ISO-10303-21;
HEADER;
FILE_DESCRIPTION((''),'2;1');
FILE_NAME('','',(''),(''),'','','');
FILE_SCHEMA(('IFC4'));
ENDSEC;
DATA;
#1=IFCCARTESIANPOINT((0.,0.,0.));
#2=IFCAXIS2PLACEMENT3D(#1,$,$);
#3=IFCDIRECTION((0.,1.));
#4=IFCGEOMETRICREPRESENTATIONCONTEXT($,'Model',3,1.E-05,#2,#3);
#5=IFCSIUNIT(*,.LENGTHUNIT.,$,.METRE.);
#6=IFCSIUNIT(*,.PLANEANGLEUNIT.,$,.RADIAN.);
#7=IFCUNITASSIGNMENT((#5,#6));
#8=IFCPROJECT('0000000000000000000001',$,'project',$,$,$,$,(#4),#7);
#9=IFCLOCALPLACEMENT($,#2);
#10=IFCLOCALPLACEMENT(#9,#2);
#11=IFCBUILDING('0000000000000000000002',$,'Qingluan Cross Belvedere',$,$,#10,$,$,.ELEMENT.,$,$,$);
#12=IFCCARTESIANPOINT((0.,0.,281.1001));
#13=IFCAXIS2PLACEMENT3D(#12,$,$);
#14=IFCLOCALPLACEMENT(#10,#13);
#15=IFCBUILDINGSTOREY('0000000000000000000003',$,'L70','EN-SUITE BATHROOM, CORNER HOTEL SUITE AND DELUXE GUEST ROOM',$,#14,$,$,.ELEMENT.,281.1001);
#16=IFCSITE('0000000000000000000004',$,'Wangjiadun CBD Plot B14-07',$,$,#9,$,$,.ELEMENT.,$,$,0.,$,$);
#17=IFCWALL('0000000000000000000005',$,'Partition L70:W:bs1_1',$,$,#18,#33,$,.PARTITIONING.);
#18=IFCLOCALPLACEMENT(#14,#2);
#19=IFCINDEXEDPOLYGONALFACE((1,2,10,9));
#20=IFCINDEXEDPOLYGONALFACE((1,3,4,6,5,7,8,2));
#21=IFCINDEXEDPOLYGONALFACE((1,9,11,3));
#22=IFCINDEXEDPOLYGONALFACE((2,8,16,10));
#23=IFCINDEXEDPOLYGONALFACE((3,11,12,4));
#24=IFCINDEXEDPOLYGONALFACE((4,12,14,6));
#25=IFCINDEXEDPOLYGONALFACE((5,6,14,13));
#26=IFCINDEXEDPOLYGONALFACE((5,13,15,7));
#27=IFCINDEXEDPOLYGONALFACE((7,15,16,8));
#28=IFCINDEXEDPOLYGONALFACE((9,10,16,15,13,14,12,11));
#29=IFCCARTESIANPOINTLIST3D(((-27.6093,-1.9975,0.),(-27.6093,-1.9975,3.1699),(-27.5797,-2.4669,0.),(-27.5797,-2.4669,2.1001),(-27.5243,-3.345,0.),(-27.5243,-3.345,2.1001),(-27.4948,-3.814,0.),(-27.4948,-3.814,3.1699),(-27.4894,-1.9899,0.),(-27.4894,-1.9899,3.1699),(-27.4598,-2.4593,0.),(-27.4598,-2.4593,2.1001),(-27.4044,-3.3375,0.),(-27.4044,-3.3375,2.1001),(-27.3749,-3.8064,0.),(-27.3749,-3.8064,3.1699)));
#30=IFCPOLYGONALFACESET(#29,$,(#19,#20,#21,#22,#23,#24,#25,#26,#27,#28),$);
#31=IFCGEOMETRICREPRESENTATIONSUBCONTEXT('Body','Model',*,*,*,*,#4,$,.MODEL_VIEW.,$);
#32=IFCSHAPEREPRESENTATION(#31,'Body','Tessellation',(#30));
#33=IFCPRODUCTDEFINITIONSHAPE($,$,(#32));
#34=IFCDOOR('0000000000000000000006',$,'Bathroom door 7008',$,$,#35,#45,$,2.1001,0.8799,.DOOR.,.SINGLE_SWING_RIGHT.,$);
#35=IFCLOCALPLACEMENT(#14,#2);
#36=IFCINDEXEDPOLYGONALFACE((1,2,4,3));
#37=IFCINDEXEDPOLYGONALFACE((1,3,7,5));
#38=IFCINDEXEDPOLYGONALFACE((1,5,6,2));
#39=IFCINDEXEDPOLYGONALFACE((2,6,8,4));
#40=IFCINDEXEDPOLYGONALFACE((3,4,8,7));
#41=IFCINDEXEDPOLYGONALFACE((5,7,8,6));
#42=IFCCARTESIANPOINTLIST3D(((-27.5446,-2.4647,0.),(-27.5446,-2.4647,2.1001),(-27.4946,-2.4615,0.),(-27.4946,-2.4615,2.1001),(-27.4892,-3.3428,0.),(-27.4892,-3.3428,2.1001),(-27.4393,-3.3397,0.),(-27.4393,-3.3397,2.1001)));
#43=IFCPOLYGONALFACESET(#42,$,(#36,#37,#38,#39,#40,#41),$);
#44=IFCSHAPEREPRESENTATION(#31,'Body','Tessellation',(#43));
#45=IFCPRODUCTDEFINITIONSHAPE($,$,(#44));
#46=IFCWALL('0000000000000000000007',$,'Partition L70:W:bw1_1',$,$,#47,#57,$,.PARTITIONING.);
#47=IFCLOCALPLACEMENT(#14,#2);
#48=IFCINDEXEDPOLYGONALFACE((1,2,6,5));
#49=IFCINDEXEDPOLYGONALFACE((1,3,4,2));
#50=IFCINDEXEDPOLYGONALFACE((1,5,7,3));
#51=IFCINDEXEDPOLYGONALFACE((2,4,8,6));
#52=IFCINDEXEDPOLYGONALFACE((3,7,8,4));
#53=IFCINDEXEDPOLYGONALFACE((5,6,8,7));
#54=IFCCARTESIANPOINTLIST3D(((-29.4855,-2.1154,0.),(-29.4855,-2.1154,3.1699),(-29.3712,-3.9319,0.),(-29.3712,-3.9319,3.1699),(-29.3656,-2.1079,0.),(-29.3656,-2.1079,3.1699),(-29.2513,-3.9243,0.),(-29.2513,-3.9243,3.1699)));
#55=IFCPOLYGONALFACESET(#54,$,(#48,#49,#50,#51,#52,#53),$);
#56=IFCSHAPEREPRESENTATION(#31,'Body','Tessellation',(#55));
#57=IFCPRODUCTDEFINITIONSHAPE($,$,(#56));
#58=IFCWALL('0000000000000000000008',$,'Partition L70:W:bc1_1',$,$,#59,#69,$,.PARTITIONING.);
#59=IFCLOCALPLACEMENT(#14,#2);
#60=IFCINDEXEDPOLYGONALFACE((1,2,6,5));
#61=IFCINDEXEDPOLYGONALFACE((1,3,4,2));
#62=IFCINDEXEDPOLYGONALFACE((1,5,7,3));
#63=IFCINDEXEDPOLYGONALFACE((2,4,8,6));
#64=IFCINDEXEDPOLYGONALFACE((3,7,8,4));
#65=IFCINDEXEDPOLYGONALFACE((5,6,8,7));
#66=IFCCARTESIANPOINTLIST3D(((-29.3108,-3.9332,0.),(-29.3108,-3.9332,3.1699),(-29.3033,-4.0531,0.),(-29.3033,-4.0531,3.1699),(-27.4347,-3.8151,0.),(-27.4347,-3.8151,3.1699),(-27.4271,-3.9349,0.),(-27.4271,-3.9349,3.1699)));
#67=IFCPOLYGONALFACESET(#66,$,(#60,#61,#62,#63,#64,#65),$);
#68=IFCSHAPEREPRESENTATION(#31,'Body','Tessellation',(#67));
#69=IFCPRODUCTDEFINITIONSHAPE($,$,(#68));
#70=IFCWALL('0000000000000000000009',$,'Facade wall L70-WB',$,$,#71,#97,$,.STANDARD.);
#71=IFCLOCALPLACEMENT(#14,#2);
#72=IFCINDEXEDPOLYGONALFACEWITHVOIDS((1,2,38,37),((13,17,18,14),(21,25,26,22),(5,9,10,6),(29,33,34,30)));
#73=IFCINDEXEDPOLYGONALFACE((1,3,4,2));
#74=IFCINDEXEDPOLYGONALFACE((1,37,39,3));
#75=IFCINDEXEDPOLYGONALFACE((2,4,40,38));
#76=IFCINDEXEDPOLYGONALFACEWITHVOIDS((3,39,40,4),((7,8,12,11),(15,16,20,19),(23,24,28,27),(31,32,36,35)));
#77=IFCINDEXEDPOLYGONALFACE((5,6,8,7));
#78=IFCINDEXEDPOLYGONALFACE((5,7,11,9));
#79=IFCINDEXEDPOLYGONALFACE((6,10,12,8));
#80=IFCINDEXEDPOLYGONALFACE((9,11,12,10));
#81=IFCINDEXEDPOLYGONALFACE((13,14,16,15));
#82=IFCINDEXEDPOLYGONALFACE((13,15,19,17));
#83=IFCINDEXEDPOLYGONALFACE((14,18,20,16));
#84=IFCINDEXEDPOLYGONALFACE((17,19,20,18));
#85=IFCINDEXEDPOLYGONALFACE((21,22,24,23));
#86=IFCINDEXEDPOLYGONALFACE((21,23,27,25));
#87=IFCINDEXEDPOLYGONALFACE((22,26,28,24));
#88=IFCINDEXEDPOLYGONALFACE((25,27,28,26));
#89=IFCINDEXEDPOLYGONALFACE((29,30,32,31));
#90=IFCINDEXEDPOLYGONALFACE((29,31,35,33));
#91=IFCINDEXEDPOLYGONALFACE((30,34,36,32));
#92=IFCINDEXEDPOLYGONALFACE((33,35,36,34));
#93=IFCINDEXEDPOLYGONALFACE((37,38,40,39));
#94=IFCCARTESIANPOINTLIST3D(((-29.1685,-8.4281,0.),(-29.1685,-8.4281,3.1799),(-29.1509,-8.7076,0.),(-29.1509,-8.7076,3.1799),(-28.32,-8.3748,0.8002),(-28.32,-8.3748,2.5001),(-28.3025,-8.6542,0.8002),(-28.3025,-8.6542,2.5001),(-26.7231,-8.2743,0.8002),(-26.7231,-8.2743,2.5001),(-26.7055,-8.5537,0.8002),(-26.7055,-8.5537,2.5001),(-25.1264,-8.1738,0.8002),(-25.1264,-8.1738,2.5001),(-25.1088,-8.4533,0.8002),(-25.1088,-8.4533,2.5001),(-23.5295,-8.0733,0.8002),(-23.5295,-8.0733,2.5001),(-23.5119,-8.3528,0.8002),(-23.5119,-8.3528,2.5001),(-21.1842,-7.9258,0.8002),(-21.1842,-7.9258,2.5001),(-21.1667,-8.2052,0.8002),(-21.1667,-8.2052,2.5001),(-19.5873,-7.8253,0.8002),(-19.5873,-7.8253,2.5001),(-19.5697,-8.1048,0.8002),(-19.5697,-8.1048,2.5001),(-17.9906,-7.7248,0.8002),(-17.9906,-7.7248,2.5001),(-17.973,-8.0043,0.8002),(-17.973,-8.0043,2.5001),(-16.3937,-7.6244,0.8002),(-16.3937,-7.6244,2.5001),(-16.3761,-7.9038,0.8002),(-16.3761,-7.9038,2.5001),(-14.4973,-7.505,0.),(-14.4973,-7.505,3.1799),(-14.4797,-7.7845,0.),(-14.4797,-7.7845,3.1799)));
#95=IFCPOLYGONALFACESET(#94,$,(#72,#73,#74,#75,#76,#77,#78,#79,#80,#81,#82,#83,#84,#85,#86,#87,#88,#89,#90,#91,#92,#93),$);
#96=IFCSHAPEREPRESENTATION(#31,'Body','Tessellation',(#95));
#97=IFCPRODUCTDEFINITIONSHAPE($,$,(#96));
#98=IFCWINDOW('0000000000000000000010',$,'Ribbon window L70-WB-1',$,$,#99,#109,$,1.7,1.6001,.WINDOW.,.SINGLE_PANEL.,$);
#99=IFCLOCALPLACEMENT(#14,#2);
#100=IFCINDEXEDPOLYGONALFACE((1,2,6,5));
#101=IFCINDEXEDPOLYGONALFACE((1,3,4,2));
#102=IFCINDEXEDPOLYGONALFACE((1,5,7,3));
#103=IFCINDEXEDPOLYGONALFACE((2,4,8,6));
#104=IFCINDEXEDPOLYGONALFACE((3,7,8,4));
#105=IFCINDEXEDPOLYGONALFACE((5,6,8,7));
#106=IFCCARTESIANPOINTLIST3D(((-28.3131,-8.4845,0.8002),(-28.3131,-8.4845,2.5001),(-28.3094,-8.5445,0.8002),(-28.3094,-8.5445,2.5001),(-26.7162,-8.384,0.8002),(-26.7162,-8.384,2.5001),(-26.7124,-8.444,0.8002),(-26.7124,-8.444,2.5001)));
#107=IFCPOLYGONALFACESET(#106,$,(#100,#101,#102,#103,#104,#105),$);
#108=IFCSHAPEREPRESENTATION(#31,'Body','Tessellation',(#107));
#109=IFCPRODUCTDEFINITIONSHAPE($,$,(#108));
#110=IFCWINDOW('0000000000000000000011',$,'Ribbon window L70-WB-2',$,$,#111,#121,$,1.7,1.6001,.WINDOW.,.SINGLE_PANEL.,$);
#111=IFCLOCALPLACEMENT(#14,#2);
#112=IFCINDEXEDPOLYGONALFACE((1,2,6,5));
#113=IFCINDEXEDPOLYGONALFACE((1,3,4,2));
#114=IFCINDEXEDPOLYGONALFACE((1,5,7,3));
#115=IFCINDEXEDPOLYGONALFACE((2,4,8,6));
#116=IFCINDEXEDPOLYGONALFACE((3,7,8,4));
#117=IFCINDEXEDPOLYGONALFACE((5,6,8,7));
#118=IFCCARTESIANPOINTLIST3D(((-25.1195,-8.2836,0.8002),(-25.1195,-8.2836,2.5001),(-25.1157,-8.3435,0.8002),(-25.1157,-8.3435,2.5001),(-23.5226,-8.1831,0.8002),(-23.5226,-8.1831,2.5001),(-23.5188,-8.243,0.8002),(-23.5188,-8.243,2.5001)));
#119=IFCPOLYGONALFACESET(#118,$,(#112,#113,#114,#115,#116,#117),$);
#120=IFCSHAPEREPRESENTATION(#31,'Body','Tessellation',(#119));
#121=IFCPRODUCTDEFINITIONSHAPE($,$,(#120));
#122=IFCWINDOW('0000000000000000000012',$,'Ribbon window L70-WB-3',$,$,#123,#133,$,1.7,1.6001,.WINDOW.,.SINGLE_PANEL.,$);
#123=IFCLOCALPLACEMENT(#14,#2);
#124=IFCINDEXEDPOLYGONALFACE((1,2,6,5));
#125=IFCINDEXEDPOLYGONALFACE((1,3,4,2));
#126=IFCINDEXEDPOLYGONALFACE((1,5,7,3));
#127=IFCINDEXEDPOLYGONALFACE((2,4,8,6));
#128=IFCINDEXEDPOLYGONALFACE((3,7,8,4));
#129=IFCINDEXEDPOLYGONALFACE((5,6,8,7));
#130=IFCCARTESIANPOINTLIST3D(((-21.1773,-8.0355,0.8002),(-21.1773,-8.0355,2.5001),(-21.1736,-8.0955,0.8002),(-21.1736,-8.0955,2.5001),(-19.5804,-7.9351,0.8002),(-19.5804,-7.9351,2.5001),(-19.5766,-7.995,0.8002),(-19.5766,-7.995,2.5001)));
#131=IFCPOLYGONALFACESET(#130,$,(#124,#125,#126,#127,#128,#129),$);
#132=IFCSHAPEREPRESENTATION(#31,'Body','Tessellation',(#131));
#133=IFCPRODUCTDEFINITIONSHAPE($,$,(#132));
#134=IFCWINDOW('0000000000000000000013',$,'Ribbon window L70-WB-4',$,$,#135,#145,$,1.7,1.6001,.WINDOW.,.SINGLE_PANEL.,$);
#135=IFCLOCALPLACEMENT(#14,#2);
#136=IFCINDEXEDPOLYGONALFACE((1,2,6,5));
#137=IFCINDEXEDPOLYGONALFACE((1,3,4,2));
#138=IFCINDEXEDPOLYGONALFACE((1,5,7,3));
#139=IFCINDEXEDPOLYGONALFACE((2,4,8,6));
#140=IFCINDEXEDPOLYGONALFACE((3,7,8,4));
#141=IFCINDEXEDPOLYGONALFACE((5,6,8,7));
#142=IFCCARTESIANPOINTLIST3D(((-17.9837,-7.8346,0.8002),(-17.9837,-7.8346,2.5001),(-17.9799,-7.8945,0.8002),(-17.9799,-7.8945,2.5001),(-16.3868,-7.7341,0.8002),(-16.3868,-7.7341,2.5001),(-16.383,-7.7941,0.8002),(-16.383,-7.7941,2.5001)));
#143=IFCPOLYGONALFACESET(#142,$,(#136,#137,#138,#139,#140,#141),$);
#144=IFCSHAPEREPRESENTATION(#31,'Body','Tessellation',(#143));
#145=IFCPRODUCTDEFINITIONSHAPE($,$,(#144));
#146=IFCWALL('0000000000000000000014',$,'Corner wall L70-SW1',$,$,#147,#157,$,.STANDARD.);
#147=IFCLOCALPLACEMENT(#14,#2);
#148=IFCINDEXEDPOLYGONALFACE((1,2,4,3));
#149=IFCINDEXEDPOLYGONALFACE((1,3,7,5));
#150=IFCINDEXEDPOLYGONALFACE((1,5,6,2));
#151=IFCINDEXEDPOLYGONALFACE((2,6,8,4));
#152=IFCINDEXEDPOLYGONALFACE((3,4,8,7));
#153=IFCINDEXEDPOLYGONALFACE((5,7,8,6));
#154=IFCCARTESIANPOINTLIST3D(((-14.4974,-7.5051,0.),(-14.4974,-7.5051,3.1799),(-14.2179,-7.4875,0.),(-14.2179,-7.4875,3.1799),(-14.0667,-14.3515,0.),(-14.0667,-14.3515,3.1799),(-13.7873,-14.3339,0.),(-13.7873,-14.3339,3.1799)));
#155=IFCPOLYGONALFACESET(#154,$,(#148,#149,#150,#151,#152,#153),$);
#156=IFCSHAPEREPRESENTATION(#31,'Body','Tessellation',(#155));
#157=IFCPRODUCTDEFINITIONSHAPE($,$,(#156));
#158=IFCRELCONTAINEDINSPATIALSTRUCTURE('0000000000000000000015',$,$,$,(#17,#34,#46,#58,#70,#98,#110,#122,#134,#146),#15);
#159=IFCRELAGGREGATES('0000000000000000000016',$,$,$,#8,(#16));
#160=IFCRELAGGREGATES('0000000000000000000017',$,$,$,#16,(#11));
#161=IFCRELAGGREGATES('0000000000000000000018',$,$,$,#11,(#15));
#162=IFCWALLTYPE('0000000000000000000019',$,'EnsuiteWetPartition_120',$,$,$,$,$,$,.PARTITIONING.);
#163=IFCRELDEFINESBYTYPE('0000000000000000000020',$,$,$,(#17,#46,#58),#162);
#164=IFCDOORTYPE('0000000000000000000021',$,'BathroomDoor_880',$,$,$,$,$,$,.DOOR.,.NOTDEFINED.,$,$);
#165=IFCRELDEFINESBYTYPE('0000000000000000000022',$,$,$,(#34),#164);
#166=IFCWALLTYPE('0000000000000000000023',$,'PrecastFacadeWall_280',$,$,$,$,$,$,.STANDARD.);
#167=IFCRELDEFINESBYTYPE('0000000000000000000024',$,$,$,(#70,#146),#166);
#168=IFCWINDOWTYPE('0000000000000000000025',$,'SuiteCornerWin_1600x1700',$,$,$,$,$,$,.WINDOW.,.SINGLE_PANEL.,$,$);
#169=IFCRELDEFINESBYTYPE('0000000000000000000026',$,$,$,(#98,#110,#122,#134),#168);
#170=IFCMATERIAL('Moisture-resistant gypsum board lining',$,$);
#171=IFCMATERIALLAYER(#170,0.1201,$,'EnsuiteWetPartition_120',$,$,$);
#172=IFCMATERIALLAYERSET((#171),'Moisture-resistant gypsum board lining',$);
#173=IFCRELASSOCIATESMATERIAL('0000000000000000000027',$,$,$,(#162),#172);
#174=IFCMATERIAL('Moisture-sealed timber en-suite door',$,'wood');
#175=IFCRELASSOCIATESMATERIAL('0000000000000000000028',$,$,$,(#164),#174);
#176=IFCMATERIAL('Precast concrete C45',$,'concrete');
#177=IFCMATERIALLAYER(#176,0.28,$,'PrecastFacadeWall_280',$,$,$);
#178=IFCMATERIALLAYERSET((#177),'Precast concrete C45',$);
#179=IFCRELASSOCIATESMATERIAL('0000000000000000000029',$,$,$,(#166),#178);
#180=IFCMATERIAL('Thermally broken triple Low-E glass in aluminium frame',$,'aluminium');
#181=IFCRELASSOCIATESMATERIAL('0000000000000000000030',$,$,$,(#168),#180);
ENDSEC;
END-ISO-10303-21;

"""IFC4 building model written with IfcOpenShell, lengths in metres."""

from ifc_helpers import new_model, si_unit, direction, frame, frame_2d, origin, place, context, subcontext, project, spatial, rectangle, extrude, material, layer, layer_set, type_object, element, fill, save


model = new_model("IFC4")

# Units and contexts
model_context = context("Model", 3, precision=1e-05, world=origin(), true_north=direction((0.0, 1.0)))
body_context = subcontext(model_context, "Body", "Model", "MODEL_VIEW")
ifc_project = project(units=[si_unit("LENGTHUNIT", "METRE"), si_unit("PLANEANGLEUNIT", "RADIAN")], contexts=[model_context])

# Site, building, storey
site_placement = place(None, origin())
site = spatial("IfcSite", under=ifc_project, at=site_placement, Name="Wangjiadun CBD Plot B14-07", CompositionType="ELEMENT", RefElevation=0.0)
building_placement = place(site_placement, origin())
building = spatial("IfcBuilding", under=site, at=building_placement, Name="Qingluan Cross Belvedere", CompositionType="ELEMENT")
storey_placement = place(building_placement, frame((0.0, 0.0, 281.1001)))
storey = spatial("IfcBuildingStorey", under=building, at=storey_placement, Name="L70", Description="EN-SUITE BATHROOM, CORNER HOTEL SUITE AND DELUXE GUEST ROOM", CompositionType="ELEMENT", Elevation=281.1001)

# Shared definitions
ifc_material_1 = material(Name="Moisture-resistant gypsum board lining")
ifc_layer_1 = layer(ifc_material_1, 0.1201, Name="EnsuiteWetPartition_120")
ifc_layer_set_1 = layer_set([ifc_layer_1], Name="Moisture-resistant gypsum board lining")
wall_type_1 = type_object("IfcWallType", Name="EnsuiteWetPartition_120", PredefinedType="PARTITIONING", material=ifc_layer_set_1)
ifc_material_2 = material(Name="Moisture-sealed timber en-suite door", Category="wood")
door_type_1 = type_object("IfcDoorType", Name="BathroomDoor_880", OperationType="NOTDEFINED", PredefinedType="DOOR", material=ifc_material_2)

# Wall, opening, door
wall_1_placement = place(storey_placement, frame((-27.4348, -3.8103, 0.0), z_axis=(0.0, 0.0, 1.0), x_axis=(-0.062913, 0.998019, 0.0)))
wall_1 = element("IfcWall", 1, at=wall_1_placement, inside=storey, type_object=wall_type_1, Name="Partition L70:W:bs1_1", PredefinedType="PARTITIONING", context=body_context, shape_type="SweptSolid", body=[
    extrude(rectangle(XDim=1.8201, YDim=0.1201, at=frame_2d((0.9102, 0.0))), origin(), (0.0, 0.0, 1.0), 3.1699),
])
opening_1_placement = place(wall_1_placement, frame((0.47, 0.0, 0.0)))
opening_1 = element("IfcOpeningElement", 2, at=opening_1_placement, cuts=wall_1, PredefinedType="OPENING", context=body_context, shape_type="SweptSolid", body=[
    extrude(rectangle(XDim=0.8799, YDim=2.1001, at=frame_2d((0.4399, 1.05))), frame((0.0, 0.0701, 0.0), z_axis=(0.0, -1.0, 0.0), x_axis=(1.0, 0.0, 0.0)), (0.0, 0.0, 1.0), 0.1401),
])
door_1_placement = place(opening_1_placement, origin())
door_1 = element("IfcDoor", 3, at=door_1_placement, inside=storey, type_object=door_type_1, Name="Bathroom door 7008", OperationType="SINGLE_SWING_RIGHT", OverallHeight=2.1001, OverallWidth=0.8799, PredefinedType="DOOR", context=body_context, shape_type="SweptSolid", body=[
    extrude(rectangle(XDim=0.8799, YDim=2.1001, at=frame_2d((0.4399, 1.05))), frame((0.0, 0.0249, 0.0), z_axis=(0.0, -1.0, 0.0), x_axis=(1.0, 0.0, 0.0)), (0.0, 0.0, 1.0), 0.05),
])
fill(opening_1, door_1)

# Walls
wall_2_placement = place(storey_placement, frame((-29.3113, -3.9282, 0.0), z_axis=(0.0, 0.0, 1.0), x_axis=(-0.062779, 0.998027, 0.0)))
element("IfcWall", 4, at=wall_2_placement, inside=storey, type_object=wall_type_1, Name="Partition L70:W:bw1_1", PredefinedType="PARTITIONING", context=body_context, shape_type="SweptSolid", body=[
    extrude(rectangle(XDim=1.8201, YDim=0.1201, at=frame_2d((0.9102, 0.0))), origin(), (0.0, 0.0, 1.0), 3.1699),
])
wall_3_placement = place(storey_placement, frame((-27.4309, -3.875, 0.0), z_axis=(0.0, 0.0, 1.0), x_axis=(-0.998023, -0.062855, 0.0)))
element("IfcWall", 5, at=wall_3_placement, inside=storey, type_object=wall_type_1, Name="Partition L70:W:bc1_1", PredefinedType="PARTITIONING", context=body_context, shape_type="SweptSolid", body=[
    extrude(rectangle(XDim=1.8799, YDim=0.1201, at=frame_2d((0.9399, 0.0))), origin(), (0.0, 0.0, 1.0), 3.1699),
])

# Wall, openings, windows
ifc_material_3 = material(Name="Precast concrete C45", Category="concrete")
ifc_layer_2 = layer(ifc_material_3, 0.28, Name="PrecastFacadeWall_280")
ifc_layer_set_2 = layer_set([ifc_layer_2], Name="Precast concrete C45")
wall_type_2 = type_object("IfcWallType", Name="PrecastFacadeWall_280", PredefinedType="STANDARD", material=ifc_layer_set_2)
wall_4_placement = place(storey_placement, frame((-29.1597, -8.5679, 0.0), z_axis=(0.0, 0.0, 1.0), x_axis=(0.998026, 0.062795, 0.0)))
wall_4 = element("IfcWall", 6, at=wall_4_placement, inside=storey, type_object=wall_type_2, Name="Facade wall L70-WB", PredefinedType="STANDARD", context=body_context, shape_type="SweptSolid", body=[
    extrude(rectangle(XDim=14.7002, YDim=0.28, at=frame_2d((7.3501, 0.0))), origin(), (0.0, 0.0, 1.0), 3.1799),
])
opening_2_placement = place(wall_4_placement, frame((0.8501, 0.0, 0.8)))
opening_2 = element("IfcOpeningElement", 7, at=opening_2_placement, cuts=wall_4, PredefinedType="OPENING", context=body_context, shape_type="SweptSolid", body=[
    extrude(rectangle(XDim=1.6001, YDim=1.7, at=frame_2d((0.8, 0.8501))), frame((0.0, 0.1499, 0.0), z_axis=(0.0, -1.0, 0.0), x_axis=(1.0, 0.0, 0.0)), (0.0, 0.0, 1.0), 0.3),
])
opening_3_placement = place(wall_4_placement, frame((4.05, 0.0, 0.8)))
opening_3 = element("IfcOpeningElement", 8, at=opening_3_placement, cuts=wall_4, PredefinedType="OPENING", context=body_context, shape_type="SweptSolid", body=[
    extrude(rectangle(XDim=1.6001, YDim=1.7, at=frame_2d((0.8, 0.8501))), frame((0.0, 0.1499, 0.0), z_axis=(0.0, -1.0, 0.0), x_axis=(1.0, 0.0, 0.0)), (0.0, 0.0, 1.0), 0.3),
])
opening_4_placement = place(wall_4_placement, frame((8.0, 0.0, 0.8)))
opening_4 = element("IfcOpeningElement", 9, at=opening_4_placement, cuts=wall_4, PredefinedType="OPENING", context=body_context, shape_type="SweptSolid", body=[
    extrude(rectangle(XDim=1.6001, YDim=1.7, at=frame_2d((0.8, 0.8501))), frame((0.0, 0.1499, 0.0), z_axis=(0.0, -1.0, 0.0), x_axis=(1.0, 0.0, 0.0)), (0.0, 0.0, 1.0), 0.3),
])
opening_5_placement = place(wall_4_placement, frame((11.2, 0.0, 0.8)))
opening_5 = element("IfcOpeningElement", 10, at=opening_5_placement, cuts=wall_4, PredefinedType="OPENING", context=body_context, shape_type="SweptSolid", body=[
    extrude(rectangle(XDim=1.6001, YDim=1.7, at=frame_2d((0.8, 0.8501))), frame((0.0, 0.1499, 0.0), z_axis=(0.0, -1.0, 0.0), x_axis=(1.0, 0.0, 0.0)), (0.0, 0.0, 1.0), 0.3),
])
ifc_material_4 = material(Name="Thermally broken triple Low-E glass in aluminium frame", Category="aluminium")
window_type = type_object("IfcWindowType", Name="SuiteCornerWin_1600x1700", PartitioningType="SINGLE_PANEL", PredefinedType="WINDOW", material=ifc_material_4)
window_1_placement = place(opening_2_placement, origin())
window_1 = element("IfcWindow", 11, at=window_1_placement, inside=storey, type_object=window_type, Name="Ribbon window L70-WB-1", OverallHeight=1.7, OverallWidth=1.6001, PartitioningType="SINGLE_PANEL", PredefinedType="WINDOW", context=body_context, shape_type="SweptSolid", body=[
    extrude(rectangle(XDim=1.6001, YDim=1.7, at=frame_2d((0.8, 0.8501))), frame((0.0, 0.03, 0.0), z_axis=(0.0, -1.0, 0.0), x_axis=(1.0, 0.0, 0.0)), (0.0, 0.0, 1.0), 0.0601),
])
fill(opening_2, window_1)
window_2_placement = place(opening_3_placement, origin())
window_2 = element("IfcWindow", 12, at=window_2_placement, inside=storey, type_object=window_type, Name="Ribbon window L70-WB-2", OverallHeight=1.7, OverallWidth=1.6001, PartitioningType="SINGLE_PANEL", PredefinedType="WINDOW", context=body_context, shape_type="SweptSolid", body=[
    extrude(rectangle(XDim=1.6001, YDim=1.7, at=frame_2d((0.8, 0.8501))), frame((0.0, 0.03, 0.0), z_axis=(0.0, -1.0, 0.0), x_axis=(1.0, 0.0, 0.0)), (0.0, 0.0, 1.0), 0.0601),
])
fill(opening_3, window_2)
window_3_placement = place(opening_4_placement, origin())
window_3 = element("IfcWindow", 13, at=window_3_placement, inside=storey, type_object=window_type, Name="Ribbon window L70-WB-3", OverallHeight=1.7, OverallWidth=1.6001, PartitioningType="SINGLE_PANEL", PredefinedType="WINDOW", context=body_context, shape_type="SweptSolid", body=[
    extrude(rectangle(XDim=1.6001, YDim=1.7, at=frame_2d((0.8, 0.8501))), frame((0.0, 0.03, 0.0), z_axis=(0.0, -1.0, 0.0), x_axis=(1.0, 0.0, 0.0)), (0.0, 0.0, 1.0), 0.0601),
])
fill(opening_4, window_3)
window_4_placement = place(opening_5_placement, origin())
window_4 = element("IfcWindow", 14, at=window_4_placement, inside=storey, type_object=window_type, Name="Ribbon window L70-WB-4", OverallHeight=1.7, OverallWidth=1.6001, PartitioningType="SINGLE_PANEL", PredefinedType="WINDOW", context=body_context, shape_type="SweptSolid", body=[
    extrude(rectangle(XDim=1.6001, YDim=1.7, at=frame_2d((0.8, 0.8501))), frame((0.0, 0.03, 0.0), z_axis=(0.0, -1.0, 0.0), x_axis=(1.0, 0.0, 0.0)), (0.0, 0.0, 1.0), 0.0601),
])
fill(opening_5, window_4)

# Wall
wall_5_placement = place(storey_placement, frame((-14.3577, -7.4963, 0.0), z_axis=(0.0, 0.0, 1.0), x_axis=(0.062779, -0.998027, 0.0)))
element("IfcWall", 15, at=wall_5_placement, inside=storey, type_object=wall_type_2, Name="Corner wall L70-SW1", PredefinedType="STANDARD", context=body_context, shape_type="SweptSolid", body=[
    extrude(rectangle(XDim=6.8599, YDim=0.28, at=frame_2d((3.4299, 0.0))), origin(), (0.0, 0.0, 1.0), 3.1799),
])

save(model, "model.ifc")
